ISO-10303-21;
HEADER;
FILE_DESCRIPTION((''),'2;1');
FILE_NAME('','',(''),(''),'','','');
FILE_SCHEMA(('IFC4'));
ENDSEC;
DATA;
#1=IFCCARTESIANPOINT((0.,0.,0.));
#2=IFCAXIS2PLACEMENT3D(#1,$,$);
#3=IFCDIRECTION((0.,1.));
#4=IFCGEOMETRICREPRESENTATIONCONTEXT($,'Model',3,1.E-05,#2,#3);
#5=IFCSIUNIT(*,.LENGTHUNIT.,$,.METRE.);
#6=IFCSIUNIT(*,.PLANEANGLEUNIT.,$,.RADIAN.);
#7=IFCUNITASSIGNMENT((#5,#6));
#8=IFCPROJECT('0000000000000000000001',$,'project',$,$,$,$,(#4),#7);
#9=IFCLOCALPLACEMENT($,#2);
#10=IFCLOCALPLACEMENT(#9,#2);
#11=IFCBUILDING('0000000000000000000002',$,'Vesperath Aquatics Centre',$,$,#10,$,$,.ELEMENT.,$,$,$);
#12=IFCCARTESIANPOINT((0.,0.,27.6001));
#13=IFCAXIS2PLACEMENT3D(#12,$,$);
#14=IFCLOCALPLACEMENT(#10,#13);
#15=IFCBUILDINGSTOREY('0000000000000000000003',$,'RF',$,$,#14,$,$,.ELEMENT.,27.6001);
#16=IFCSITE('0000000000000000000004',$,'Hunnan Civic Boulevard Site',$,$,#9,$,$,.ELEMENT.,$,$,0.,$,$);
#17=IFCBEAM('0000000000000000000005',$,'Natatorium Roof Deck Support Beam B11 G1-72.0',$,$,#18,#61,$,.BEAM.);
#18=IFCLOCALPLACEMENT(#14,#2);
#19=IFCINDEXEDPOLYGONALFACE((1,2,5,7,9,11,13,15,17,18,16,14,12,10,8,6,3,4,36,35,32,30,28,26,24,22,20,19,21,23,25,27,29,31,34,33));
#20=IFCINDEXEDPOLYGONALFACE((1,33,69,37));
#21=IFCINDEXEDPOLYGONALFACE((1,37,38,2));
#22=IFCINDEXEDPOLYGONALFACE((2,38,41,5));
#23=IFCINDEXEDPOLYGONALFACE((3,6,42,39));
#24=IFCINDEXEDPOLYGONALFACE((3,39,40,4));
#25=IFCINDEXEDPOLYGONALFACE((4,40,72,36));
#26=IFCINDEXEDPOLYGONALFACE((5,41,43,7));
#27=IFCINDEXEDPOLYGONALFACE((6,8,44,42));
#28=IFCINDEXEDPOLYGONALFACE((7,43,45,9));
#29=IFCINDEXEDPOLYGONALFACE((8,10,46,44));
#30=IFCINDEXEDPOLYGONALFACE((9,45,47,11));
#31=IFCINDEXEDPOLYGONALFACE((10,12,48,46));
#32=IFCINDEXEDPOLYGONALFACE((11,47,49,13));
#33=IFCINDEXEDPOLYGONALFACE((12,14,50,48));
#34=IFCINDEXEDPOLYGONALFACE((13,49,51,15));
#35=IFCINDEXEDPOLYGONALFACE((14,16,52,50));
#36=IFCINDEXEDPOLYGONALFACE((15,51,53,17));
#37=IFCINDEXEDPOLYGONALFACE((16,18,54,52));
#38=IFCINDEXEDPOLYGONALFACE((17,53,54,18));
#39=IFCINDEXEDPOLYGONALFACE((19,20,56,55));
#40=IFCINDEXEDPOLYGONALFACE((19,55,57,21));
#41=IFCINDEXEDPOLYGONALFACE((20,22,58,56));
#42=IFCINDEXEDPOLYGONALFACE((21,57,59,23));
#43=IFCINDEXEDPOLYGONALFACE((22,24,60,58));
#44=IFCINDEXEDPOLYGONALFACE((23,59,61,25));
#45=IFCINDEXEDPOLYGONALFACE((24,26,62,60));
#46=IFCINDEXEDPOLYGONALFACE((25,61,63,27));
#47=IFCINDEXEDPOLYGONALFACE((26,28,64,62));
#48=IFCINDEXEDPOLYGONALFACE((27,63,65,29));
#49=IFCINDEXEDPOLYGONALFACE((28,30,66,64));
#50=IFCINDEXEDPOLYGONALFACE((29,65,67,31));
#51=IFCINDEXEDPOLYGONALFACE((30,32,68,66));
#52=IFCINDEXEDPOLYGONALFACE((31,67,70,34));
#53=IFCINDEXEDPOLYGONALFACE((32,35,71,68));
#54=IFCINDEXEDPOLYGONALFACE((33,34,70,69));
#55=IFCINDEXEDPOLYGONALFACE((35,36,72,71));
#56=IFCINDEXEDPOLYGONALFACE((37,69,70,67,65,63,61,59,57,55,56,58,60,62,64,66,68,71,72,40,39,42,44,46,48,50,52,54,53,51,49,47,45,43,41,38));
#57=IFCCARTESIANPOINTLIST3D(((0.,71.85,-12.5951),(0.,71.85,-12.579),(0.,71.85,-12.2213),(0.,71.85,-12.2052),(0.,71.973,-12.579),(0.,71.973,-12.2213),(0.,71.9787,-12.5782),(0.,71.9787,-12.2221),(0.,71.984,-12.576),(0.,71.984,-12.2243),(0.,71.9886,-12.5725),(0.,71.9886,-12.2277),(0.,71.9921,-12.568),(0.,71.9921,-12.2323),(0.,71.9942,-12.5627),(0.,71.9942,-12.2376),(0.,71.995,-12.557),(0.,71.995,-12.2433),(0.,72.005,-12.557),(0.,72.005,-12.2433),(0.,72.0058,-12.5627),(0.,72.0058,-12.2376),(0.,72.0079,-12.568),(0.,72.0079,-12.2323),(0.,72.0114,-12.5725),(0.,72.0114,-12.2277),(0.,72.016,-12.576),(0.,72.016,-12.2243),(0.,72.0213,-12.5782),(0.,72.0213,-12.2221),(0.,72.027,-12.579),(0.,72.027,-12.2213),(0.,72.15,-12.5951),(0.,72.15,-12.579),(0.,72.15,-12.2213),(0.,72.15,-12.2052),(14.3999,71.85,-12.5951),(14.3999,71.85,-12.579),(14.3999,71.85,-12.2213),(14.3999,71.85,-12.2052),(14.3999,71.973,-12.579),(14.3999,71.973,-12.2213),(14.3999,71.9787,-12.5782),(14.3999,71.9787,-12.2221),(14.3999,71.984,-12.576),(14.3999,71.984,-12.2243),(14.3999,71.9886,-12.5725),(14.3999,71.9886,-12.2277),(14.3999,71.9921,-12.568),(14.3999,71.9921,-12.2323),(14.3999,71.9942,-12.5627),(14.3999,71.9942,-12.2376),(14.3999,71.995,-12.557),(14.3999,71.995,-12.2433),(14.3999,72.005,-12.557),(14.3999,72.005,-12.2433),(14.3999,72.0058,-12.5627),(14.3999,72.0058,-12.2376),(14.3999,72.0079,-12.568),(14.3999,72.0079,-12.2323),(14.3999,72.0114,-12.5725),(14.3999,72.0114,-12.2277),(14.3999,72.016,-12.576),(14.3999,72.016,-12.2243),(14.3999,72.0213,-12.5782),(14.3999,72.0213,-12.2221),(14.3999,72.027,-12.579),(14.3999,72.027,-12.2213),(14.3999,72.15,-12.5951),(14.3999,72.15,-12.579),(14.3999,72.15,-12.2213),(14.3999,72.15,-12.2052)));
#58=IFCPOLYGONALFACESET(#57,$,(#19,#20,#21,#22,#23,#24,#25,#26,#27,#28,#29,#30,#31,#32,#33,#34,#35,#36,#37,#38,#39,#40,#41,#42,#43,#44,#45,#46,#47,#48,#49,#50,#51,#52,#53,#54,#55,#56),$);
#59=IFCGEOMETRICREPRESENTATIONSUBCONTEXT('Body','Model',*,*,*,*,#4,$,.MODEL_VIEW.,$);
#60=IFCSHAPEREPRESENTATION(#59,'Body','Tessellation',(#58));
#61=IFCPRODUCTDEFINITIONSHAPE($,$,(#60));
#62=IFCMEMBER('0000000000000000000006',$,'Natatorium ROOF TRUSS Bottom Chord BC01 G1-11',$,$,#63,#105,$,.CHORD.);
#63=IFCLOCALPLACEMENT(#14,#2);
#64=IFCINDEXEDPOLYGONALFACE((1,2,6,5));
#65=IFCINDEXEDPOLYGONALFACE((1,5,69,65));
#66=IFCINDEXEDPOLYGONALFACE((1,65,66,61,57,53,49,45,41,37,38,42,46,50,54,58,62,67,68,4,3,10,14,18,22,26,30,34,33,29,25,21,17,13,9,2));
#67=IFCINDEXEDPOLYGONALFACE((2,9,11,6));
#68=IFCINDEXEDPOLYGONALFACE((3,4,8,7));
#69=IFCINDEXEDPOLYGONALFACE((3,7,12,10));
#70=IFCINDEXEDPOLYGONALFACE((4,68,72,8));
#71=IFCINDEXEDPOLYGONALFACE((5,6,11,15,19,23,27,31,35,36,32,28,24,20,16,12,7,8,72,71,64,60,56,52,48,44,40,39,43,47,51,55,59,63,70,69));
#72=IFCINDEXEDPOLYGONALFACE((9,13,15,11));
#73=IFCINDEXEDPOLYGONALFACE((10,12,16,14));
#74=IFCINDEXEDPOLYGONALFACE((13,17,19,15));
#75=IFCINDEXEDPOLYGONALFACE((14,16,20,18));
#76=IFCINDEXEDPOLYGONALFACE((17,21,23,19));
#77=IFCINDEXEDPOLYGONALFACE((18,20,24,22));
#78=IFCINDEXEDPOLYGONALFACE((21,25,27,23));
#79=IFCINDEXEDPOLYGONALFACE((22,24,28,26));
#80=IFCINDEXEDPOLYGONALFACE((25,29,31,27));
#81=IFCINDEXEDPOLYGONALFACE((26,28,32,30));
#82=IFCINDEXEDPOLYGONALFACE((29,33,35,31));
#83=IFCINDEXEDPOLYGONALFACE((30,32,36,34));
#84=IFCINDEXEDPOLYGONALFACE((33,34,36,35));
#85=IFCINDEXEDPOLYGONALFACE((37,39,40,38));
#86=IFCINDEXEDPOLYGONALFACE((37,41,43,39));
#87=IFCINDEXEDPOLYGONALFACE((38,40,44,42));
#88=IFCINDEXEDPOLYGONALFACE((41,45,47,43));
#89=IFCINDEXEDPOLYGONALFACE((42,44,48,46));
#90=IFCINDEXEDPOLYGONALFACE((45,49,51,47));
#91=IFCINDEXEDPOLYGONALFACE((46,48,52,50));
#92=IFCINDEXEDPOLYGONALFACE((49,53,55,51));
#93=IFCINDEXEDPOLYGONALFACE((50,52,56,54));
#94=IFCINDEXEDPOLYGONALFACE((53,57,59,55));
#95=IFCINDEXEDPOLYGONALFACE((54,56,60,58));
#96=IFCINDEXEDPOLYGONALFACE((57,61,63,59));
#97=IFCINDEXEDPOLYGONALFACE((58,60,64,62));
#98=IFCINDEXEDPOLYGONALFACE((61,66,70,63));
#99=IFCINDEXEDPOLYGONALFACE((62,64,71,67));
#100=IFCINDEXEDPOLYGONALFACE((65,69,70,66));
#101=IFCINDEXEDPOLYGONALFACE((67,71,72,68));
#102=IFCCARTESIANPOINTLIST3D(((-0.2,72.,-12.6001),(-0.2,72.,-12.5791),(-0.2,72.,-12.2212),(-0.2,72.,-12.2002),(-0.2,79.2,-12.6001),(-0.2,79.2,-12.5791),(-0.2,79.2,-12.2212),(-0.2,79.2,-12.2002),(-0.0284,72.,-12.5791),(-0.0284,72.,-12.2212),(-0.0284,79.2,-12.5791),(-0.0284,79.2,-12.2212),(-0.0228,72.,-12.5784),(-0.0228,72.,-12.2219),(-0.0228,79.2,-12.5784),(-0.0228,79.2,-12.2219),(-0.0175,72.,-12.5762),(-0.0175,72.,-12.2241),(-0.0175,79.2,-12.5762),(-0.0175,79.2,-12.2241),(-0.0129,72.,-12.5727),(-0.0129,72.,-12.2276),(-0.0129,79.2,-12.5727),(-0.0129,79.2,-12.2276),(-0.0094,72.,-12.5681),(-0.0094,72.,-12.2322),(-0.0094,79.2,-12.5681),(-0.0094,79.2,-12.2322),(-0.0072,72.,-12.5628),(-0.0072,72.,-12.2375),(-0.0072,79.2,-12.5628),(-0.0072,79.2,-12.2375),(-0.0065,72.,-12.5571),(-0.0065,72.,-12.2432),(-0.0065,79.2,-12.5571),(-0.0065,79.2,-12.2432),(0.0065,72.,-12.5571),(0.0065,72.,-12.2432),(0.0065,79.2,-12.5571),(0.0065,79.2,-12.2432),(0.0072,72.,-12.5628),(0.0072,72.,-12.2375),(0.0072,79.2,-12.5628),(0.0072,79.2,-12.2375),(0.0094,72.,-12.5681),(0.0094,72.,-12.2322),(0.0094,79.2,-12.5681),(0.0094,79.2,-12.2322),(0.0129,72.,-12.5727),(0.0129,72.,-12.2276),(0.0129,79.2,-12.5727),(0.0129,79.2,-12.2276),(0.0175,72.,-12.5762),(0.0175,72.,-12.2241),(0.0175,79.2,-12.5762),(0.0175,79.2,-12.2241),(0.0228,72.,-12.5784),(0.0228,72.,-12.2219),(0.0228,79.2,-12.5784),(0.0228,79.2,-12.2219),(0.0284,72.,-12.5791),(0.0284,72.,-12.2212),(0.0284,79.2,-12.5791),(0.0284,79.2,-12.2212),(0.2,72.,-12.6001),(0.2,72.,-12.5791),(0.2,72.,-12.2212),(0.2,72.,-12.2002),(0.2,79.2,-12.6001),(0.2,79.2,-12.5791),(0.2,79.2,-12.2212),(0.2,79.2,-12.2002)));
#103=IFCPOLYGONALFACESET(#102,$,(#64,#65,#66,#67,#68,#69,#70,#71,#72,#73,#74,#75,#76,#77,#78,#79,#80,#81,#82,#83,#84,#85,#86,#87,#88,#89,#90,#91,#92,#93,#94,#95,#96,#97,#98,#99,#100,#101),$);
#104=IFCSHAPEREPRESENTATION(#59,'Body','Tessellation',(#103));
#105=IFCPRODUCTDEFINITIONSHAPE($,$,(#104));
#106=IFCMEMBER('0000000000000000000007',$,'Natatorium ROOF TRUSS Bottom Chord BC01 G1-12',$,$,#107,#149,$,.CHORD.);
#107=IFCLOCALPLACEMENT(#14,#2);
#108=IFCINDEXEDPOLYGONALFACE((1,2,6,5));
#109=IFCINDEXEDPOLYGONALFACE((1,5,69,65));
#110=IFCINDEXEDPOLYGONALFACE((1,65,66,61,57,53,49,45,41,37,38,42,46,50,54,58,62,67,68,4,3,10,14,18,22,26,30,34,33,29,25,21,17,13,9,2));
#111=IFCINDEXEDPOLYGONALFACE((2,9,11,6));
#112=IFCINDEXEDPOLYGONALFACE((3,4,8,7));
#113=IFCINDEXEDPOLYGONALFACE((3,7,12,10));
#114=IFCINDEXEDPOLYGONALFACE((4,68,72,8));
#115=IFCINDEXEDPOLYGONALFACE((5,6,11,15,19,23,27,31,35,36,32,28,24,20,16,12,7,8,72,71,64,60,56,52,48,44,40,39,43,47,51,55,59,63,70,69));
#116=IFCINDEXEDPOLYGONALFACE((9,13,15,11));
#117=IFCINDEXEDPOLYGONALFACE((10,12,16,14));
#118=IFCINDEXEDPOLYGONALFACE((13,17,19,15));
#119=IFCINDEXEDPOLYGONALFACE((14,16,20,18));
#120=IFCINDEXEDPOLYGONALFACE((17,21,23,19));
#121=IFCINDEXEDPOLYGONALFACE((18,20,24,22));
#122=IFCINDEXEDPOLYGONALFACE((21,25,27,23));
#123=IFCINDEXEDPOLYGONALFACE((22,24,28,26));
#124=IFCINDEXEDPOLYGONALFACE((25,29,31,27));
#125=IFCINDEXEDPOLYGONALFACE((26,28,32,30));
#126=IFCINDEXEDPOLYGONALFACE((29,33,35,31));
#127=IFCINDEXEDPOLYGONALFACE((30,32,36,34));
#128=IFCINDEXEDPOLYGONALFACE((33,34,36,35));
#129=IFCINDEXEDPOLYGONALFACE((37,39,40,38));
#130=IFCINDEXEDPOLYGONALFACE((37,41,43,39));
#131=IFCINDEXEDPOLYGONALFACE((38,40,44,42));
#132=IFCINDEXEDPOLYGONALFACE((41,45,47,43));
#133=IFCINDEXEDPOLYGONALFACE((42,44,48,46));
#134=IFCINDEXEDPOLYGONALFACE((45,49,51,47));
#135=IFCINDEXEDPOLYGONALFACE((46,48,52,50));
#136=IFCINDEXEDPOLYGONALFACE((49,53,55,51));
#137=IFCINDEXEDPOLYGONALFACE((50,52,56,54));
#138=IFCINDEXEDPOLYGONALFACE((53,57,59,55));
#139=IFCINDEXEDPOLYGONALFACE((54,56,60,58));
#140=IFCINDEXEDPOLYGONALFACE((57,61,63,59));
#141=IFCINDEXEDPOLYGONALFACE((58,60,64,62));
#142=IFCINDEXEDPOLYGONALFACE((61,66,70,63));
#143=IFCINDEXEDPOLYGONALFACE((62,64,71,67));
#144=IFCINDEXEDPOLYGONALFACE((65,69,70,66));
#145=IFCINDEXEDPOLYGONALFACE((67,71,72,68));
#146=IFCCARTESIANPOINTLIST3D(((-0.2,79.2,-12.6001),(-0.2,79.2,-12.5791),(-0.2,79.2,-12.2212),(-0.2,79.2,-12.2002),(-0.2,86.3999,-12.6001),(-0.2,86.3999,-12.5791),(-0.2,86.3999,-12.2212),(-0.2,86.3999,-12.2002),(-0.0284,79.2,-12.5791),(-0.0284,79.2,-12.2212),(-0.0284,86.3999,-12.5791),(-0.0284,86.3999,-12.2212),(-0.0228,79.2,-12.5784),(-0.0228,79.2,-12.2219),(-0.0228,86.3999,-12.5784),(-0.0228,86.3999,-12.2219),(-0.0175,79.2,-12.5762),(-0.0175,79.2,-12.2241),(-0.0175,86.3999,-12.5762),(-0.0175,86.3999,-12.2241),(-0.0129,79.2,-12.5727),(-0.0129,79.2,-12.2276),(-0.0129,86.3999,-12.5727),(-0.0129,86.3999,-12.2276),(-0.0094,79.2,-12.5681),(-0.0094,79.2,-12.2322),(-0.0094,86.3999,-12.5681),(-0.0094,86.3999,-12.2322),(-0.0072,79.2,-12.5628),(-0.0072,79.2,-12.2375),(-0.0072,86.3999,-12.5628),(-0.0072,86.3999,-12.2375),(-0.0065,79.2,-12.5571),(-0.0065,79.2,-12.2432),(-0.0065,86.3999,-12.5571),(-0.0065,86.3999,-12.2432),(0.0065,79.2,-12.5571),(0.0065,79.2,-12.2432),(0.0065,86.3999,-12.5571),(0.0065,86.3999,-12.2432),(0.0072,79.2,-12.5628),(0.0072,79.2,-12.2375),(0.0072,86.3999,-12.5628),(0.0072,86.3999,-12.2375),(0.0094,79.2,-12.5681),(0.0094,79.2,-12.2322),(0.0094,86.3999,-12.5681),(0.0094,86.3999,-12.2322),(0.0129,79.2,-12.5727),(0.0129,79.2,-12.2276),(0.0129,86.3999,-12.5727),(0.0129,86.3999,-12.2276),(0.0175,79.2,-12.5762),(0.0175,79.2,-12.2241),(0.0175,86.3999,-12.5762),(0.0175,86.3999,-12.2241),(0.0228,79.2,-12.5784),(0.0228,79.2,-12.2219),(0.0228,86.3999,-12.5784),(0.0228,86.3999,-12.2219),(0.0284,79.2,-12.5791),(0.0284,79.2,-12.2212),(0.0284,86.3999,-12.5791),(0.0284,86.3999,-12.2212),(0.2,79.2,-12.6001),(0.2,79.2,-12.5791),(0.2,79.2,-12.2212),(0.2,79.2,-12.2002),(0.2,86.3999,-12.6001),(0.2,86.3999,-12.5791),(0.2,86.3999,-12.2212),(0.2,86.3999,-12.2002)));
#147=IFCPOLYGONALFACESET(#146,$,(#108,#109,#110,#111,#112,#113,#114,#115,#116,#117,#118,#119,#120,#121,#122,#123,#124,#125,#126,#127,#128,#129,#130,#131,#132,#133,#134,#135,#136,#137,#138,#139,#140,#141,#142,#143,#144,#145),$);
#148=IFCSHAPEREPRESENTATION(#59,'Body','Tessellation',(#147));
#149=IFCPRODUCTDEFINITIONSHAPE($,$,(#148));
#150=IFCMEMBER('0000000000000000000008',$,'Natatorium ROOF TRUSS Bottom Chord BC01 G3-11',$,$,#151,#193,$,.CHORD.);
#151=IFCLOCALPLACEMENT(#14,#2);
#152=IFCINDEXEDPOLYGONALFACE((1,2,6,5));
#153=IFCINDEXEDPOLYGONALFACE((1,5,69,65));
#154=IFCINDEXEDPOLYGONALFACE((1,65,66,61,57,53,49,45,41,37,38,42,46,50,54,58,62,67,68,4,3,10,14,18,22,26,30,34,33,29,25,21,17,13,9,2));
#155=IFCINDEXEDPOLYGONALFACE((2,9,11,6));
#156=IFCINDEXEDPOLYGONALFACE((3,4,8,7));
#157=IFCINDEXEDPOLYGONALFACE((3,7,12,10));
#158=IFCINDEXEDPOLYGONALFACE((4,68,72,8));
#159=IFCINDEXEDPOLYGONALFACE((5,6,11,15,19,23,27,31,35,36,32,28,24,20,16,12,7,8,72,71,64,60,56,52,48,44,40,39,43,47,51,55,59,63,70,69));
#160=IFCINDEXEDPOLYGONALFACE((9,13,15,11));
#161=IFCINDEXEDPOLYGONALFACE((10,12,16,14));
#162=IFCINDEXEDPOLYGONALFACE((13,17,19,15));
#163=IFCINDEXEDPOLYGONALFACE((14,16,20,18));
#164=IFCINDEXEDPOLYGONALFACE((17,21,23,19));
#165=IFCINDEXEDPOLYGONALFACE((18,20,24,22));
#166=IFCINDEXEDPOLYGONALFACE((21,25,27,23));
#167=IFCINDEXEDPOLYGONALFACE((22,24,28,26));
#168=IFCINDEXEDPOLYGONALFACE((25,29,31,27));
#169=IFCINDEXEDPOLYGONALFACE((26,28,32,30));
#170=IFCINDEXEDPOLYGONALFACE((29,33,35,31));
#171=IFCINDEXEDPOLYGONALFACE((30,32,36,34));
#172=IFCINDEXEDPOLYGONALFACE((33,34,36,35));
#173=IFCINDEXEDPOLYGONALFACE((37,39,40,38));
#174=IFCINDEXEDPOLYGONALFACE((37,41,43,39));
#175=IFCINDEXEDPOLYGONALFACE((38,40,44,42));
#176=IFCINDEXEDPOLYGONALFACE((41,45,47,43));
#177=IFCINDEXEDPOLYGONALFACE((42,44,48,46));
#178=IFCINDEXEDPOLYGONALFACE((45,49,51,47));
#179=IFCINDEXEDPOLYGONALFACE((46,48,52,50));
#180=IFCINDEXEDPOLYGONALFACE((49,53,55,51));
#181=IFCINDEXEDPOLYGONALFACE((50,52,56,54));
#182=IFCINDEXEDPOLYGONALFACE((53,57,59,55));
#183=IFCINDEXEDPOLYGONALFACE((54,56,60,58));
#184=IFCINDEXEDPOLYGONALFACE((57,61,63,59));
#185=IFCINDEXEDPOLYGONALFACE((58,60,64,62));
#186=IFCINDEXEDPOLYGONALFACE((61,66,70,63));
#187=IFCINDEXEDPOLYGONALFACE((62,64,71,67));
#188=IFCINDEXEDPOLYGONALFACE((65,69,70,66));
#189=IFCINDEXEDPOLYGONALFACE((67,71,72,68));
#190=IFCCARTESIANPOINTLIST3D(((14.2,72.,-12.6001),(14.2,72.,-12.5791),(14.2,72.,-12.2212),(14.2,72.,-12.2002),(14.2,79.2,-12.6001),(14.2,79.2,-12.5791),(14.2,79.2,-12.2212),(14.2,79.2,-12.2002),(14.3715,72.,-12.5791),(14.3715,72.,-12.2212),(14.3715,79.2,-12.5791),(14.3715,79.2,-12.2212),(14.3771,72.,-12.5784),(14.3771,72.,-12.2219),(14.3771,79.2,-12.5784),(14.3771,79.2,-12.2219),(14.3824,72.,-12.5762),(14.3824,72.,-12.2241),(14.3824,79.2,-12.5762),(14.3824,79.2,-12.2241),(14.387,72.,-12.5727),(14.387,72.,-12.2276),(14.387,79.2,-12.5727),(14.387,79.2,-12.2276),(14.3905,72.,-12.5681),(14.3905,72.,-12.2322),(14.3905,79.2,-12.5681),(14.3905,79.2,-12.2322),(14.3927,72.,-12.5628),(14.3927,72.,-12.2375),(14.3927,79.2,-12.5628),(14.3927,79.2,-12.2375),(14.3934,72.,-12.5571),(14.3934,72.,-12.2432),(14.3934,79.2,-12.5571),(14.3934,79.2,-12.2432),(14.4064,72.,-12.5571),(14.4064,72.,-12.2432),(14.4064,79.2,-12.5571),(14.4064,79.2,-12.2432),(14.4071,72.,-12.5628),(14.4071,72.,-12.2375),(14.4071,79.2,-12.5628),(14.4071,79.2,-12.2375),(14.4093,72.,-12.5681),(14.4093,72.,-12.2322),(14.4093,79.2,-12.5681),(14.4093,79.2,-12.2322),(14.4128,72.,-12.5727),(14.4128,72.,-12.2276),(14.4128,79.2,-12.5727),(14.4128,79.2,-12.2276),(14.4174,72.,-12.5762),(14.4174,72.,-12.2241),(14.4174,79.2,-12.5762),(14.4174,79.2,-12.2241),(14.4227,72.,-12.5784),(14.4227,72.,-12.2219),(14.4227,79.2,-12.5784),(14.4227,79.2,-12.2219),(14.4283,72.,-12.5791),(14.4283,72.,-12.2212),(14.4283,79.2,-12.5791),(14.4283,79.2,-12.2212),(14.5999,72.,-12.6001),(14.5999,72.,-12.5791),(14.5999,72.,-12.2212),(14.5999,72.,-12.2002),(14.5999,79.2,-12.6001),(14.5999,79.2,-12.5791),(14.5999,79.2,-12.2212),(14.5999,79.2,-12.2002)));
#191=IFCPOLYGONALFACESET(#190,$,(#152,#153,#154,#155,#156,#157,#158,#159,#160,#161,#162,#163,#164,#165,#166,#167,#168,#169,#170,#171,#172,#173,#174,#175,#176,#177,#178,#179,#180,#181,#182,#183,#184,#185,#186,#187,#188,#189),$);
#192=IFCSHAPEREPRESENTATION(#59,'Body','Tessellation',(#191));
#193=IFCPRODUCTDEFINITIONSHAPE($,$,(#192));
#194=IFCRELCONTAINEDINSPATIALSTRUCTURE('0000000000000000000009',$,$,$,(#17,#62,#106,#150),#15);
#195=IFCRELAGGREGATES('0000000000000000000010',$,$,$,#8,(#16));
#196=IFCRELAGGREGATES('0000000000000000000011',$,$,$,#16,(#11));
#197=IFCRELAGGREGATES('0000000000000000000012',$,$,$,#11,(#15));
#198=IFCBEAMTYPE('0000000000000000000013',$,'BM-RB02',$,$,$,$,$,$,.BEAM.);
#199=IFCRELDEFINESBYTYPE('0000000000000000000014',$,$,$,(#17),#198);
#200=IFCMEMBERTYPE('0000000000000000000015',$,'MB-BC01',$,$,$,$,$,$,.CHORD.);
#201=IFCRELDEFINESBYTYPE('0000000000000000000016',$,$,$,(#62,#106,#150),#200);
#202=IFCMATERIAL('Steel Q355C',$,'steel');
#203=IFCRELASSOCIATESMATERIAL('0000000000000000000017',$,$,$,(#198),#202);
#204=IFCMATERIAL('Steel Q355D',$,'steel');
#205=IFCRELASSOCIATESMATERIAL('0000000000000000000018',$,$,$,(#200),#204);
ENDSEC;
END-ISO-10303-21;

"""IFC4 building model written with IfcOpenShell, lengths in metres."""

from ifc_helpers import new_model, si_unit, direction, frame, origin, origin_2d, place, context, subcontext, project, spatial, i_section, extrude, material, material_profile, profile_set, type_object, element, save


model = new_model("IFC4")

# Units and contexts
model_context = context("Model", 3, precision=1e-05, world=origin(), true_north=direction((0.0, 1.0)))
body_context = subcontext(model_context, "Body", "Model", "MODEL_VIEW")
ifc_project = project(units=[si_unit("LENGTHUNIT", "METRE"), si_unit("PLANEANGLEUNIT", "RADIAN")], contexts=[model_context])

# Site, building, storey
site_placement = place(None, origin())
site = spatial("IfcSite", under=ifc_project, at=site_placement, Name="Hunnan Civic Boulevard Site", CompositionType="ELEMENT", RefElevation=0.0)
building_placement = place(site_placement, origin())
building = spatial("IfcBuilding", under=site, at=building_placement, Name="Vesperath Aquatics Centre", CompositionType="ELEMENT")
storey_placement = place(building_placement, frame((0.0, 0.0, 27.6001)))
storey = spatial("IfcBuildingStorey", under=building, at=storey_placement, Name="RF", CompositionType="ELEMENT", Elevation=27.6001)

# Beam
ifc_material_1 = material(Name="Steel Q355C", Category="steel")
ifc_material_profile_1 = material_profile(ifc_material_1, i_section(OverallWidth=0.3, OverallDepth=0.3899, WebThickness=0.01, FlangeThickness=0.0161, FilletRadius=0.022, at=origin_2d()), Name="HM 390x300x10x16")
ifc_profile_set_1 = profile_set([ifc_material_profile_1], Name="Steel Q355C")
beam_type = type_object("IfcBeamType", Name="BM-RB02", PredefinedType="BEAM", material=ifc_profile_set_1)
beam_placement = place(storey_placement, frame((0.0, 72.0, -12.4001), z_axis=(1.0, 0.0, 0.0), x_axis=(0.0, 1.0, 0.0)))
element("IfcBeam", 1, at=beam_placement, inside=storey, type_object=beam_type, Name="Natatorium Roof Deck Support Beam B11 G1-72.0", PredefinedType="BEAM", context=body_context, shape_type="SweptSolid", body=[
    extrude(i_section(OverallWidth=0.3, OverallDepth=0.3899, WebThickness=0.01, FlangeThickness=0.0161, FilletRadius=0.022, at=origin_2d()), origin(), (0.0, 0.0, 1.0), 14.3999),
])

# Members
ifc_material_2 = material(Name="Steel Q355D", Category="steel")
ifc_material_profile_2 = material_profile(ifc_material_2, i_section(OverallWidth=0.3999, OverallDepth=0.3999, WebThickness=0.0129, FlangeThickness=0.021, FilletRadius=0.022, at=origin_2d()), Name="HW 400x400x13x21")
ifc_profile_set_2 = profile_set([ifc_material_profile_2], Name="Steel Q355D")
member_type_1 = type_object("IfcMemberType", Name="MB-BC01", PredefinedType="CHORD", material=ifc_profile_set_2)
for number, where, z_axis, x_axis, name in (
    (2, (0.0, 72.0, -12.4001), (0.0, 1.0, 0.0), (-1.0, 0.0, 0.0), "Natatorium ROOF TRUSS Bottom Chord BC01 G1-11"),
    (3, (0.0, 79.2, -12.4001), (0.0, 1.0, 0.0), (-1.0, 0.0, 0.0), "Natatorium ROOF TRUSS Bottom Chord BC01 G1-12"),
    (4, (14.3999, 72.0, -12.4001), (0.0, 1.0, 0.0), (-1.0, 0.0, 0.0), "Natatorium ROOF TRUSS Bottom Chord BC01 G3-11"),
):
    element("IfcMember", number, at=place(storey_placement, frame(where, z_axis=z_axis, x_axis=x_axis)), inside=storey, type_object=member_type_1, Name=name, PredefinedType="CHORD", context=body_context, shape_type="SweptSolid", body=[
        extrude(i_section(OverallWidth=0.3999, OverallDepth=0.3999, WebThickness=0.0129, FlangeThickness=0.021, FilletRadius=0.022, at=origin_2d()), origin(), (0.0, 0.0, 1.0), 7.2),
    ])

save(model, "model.ifc")
